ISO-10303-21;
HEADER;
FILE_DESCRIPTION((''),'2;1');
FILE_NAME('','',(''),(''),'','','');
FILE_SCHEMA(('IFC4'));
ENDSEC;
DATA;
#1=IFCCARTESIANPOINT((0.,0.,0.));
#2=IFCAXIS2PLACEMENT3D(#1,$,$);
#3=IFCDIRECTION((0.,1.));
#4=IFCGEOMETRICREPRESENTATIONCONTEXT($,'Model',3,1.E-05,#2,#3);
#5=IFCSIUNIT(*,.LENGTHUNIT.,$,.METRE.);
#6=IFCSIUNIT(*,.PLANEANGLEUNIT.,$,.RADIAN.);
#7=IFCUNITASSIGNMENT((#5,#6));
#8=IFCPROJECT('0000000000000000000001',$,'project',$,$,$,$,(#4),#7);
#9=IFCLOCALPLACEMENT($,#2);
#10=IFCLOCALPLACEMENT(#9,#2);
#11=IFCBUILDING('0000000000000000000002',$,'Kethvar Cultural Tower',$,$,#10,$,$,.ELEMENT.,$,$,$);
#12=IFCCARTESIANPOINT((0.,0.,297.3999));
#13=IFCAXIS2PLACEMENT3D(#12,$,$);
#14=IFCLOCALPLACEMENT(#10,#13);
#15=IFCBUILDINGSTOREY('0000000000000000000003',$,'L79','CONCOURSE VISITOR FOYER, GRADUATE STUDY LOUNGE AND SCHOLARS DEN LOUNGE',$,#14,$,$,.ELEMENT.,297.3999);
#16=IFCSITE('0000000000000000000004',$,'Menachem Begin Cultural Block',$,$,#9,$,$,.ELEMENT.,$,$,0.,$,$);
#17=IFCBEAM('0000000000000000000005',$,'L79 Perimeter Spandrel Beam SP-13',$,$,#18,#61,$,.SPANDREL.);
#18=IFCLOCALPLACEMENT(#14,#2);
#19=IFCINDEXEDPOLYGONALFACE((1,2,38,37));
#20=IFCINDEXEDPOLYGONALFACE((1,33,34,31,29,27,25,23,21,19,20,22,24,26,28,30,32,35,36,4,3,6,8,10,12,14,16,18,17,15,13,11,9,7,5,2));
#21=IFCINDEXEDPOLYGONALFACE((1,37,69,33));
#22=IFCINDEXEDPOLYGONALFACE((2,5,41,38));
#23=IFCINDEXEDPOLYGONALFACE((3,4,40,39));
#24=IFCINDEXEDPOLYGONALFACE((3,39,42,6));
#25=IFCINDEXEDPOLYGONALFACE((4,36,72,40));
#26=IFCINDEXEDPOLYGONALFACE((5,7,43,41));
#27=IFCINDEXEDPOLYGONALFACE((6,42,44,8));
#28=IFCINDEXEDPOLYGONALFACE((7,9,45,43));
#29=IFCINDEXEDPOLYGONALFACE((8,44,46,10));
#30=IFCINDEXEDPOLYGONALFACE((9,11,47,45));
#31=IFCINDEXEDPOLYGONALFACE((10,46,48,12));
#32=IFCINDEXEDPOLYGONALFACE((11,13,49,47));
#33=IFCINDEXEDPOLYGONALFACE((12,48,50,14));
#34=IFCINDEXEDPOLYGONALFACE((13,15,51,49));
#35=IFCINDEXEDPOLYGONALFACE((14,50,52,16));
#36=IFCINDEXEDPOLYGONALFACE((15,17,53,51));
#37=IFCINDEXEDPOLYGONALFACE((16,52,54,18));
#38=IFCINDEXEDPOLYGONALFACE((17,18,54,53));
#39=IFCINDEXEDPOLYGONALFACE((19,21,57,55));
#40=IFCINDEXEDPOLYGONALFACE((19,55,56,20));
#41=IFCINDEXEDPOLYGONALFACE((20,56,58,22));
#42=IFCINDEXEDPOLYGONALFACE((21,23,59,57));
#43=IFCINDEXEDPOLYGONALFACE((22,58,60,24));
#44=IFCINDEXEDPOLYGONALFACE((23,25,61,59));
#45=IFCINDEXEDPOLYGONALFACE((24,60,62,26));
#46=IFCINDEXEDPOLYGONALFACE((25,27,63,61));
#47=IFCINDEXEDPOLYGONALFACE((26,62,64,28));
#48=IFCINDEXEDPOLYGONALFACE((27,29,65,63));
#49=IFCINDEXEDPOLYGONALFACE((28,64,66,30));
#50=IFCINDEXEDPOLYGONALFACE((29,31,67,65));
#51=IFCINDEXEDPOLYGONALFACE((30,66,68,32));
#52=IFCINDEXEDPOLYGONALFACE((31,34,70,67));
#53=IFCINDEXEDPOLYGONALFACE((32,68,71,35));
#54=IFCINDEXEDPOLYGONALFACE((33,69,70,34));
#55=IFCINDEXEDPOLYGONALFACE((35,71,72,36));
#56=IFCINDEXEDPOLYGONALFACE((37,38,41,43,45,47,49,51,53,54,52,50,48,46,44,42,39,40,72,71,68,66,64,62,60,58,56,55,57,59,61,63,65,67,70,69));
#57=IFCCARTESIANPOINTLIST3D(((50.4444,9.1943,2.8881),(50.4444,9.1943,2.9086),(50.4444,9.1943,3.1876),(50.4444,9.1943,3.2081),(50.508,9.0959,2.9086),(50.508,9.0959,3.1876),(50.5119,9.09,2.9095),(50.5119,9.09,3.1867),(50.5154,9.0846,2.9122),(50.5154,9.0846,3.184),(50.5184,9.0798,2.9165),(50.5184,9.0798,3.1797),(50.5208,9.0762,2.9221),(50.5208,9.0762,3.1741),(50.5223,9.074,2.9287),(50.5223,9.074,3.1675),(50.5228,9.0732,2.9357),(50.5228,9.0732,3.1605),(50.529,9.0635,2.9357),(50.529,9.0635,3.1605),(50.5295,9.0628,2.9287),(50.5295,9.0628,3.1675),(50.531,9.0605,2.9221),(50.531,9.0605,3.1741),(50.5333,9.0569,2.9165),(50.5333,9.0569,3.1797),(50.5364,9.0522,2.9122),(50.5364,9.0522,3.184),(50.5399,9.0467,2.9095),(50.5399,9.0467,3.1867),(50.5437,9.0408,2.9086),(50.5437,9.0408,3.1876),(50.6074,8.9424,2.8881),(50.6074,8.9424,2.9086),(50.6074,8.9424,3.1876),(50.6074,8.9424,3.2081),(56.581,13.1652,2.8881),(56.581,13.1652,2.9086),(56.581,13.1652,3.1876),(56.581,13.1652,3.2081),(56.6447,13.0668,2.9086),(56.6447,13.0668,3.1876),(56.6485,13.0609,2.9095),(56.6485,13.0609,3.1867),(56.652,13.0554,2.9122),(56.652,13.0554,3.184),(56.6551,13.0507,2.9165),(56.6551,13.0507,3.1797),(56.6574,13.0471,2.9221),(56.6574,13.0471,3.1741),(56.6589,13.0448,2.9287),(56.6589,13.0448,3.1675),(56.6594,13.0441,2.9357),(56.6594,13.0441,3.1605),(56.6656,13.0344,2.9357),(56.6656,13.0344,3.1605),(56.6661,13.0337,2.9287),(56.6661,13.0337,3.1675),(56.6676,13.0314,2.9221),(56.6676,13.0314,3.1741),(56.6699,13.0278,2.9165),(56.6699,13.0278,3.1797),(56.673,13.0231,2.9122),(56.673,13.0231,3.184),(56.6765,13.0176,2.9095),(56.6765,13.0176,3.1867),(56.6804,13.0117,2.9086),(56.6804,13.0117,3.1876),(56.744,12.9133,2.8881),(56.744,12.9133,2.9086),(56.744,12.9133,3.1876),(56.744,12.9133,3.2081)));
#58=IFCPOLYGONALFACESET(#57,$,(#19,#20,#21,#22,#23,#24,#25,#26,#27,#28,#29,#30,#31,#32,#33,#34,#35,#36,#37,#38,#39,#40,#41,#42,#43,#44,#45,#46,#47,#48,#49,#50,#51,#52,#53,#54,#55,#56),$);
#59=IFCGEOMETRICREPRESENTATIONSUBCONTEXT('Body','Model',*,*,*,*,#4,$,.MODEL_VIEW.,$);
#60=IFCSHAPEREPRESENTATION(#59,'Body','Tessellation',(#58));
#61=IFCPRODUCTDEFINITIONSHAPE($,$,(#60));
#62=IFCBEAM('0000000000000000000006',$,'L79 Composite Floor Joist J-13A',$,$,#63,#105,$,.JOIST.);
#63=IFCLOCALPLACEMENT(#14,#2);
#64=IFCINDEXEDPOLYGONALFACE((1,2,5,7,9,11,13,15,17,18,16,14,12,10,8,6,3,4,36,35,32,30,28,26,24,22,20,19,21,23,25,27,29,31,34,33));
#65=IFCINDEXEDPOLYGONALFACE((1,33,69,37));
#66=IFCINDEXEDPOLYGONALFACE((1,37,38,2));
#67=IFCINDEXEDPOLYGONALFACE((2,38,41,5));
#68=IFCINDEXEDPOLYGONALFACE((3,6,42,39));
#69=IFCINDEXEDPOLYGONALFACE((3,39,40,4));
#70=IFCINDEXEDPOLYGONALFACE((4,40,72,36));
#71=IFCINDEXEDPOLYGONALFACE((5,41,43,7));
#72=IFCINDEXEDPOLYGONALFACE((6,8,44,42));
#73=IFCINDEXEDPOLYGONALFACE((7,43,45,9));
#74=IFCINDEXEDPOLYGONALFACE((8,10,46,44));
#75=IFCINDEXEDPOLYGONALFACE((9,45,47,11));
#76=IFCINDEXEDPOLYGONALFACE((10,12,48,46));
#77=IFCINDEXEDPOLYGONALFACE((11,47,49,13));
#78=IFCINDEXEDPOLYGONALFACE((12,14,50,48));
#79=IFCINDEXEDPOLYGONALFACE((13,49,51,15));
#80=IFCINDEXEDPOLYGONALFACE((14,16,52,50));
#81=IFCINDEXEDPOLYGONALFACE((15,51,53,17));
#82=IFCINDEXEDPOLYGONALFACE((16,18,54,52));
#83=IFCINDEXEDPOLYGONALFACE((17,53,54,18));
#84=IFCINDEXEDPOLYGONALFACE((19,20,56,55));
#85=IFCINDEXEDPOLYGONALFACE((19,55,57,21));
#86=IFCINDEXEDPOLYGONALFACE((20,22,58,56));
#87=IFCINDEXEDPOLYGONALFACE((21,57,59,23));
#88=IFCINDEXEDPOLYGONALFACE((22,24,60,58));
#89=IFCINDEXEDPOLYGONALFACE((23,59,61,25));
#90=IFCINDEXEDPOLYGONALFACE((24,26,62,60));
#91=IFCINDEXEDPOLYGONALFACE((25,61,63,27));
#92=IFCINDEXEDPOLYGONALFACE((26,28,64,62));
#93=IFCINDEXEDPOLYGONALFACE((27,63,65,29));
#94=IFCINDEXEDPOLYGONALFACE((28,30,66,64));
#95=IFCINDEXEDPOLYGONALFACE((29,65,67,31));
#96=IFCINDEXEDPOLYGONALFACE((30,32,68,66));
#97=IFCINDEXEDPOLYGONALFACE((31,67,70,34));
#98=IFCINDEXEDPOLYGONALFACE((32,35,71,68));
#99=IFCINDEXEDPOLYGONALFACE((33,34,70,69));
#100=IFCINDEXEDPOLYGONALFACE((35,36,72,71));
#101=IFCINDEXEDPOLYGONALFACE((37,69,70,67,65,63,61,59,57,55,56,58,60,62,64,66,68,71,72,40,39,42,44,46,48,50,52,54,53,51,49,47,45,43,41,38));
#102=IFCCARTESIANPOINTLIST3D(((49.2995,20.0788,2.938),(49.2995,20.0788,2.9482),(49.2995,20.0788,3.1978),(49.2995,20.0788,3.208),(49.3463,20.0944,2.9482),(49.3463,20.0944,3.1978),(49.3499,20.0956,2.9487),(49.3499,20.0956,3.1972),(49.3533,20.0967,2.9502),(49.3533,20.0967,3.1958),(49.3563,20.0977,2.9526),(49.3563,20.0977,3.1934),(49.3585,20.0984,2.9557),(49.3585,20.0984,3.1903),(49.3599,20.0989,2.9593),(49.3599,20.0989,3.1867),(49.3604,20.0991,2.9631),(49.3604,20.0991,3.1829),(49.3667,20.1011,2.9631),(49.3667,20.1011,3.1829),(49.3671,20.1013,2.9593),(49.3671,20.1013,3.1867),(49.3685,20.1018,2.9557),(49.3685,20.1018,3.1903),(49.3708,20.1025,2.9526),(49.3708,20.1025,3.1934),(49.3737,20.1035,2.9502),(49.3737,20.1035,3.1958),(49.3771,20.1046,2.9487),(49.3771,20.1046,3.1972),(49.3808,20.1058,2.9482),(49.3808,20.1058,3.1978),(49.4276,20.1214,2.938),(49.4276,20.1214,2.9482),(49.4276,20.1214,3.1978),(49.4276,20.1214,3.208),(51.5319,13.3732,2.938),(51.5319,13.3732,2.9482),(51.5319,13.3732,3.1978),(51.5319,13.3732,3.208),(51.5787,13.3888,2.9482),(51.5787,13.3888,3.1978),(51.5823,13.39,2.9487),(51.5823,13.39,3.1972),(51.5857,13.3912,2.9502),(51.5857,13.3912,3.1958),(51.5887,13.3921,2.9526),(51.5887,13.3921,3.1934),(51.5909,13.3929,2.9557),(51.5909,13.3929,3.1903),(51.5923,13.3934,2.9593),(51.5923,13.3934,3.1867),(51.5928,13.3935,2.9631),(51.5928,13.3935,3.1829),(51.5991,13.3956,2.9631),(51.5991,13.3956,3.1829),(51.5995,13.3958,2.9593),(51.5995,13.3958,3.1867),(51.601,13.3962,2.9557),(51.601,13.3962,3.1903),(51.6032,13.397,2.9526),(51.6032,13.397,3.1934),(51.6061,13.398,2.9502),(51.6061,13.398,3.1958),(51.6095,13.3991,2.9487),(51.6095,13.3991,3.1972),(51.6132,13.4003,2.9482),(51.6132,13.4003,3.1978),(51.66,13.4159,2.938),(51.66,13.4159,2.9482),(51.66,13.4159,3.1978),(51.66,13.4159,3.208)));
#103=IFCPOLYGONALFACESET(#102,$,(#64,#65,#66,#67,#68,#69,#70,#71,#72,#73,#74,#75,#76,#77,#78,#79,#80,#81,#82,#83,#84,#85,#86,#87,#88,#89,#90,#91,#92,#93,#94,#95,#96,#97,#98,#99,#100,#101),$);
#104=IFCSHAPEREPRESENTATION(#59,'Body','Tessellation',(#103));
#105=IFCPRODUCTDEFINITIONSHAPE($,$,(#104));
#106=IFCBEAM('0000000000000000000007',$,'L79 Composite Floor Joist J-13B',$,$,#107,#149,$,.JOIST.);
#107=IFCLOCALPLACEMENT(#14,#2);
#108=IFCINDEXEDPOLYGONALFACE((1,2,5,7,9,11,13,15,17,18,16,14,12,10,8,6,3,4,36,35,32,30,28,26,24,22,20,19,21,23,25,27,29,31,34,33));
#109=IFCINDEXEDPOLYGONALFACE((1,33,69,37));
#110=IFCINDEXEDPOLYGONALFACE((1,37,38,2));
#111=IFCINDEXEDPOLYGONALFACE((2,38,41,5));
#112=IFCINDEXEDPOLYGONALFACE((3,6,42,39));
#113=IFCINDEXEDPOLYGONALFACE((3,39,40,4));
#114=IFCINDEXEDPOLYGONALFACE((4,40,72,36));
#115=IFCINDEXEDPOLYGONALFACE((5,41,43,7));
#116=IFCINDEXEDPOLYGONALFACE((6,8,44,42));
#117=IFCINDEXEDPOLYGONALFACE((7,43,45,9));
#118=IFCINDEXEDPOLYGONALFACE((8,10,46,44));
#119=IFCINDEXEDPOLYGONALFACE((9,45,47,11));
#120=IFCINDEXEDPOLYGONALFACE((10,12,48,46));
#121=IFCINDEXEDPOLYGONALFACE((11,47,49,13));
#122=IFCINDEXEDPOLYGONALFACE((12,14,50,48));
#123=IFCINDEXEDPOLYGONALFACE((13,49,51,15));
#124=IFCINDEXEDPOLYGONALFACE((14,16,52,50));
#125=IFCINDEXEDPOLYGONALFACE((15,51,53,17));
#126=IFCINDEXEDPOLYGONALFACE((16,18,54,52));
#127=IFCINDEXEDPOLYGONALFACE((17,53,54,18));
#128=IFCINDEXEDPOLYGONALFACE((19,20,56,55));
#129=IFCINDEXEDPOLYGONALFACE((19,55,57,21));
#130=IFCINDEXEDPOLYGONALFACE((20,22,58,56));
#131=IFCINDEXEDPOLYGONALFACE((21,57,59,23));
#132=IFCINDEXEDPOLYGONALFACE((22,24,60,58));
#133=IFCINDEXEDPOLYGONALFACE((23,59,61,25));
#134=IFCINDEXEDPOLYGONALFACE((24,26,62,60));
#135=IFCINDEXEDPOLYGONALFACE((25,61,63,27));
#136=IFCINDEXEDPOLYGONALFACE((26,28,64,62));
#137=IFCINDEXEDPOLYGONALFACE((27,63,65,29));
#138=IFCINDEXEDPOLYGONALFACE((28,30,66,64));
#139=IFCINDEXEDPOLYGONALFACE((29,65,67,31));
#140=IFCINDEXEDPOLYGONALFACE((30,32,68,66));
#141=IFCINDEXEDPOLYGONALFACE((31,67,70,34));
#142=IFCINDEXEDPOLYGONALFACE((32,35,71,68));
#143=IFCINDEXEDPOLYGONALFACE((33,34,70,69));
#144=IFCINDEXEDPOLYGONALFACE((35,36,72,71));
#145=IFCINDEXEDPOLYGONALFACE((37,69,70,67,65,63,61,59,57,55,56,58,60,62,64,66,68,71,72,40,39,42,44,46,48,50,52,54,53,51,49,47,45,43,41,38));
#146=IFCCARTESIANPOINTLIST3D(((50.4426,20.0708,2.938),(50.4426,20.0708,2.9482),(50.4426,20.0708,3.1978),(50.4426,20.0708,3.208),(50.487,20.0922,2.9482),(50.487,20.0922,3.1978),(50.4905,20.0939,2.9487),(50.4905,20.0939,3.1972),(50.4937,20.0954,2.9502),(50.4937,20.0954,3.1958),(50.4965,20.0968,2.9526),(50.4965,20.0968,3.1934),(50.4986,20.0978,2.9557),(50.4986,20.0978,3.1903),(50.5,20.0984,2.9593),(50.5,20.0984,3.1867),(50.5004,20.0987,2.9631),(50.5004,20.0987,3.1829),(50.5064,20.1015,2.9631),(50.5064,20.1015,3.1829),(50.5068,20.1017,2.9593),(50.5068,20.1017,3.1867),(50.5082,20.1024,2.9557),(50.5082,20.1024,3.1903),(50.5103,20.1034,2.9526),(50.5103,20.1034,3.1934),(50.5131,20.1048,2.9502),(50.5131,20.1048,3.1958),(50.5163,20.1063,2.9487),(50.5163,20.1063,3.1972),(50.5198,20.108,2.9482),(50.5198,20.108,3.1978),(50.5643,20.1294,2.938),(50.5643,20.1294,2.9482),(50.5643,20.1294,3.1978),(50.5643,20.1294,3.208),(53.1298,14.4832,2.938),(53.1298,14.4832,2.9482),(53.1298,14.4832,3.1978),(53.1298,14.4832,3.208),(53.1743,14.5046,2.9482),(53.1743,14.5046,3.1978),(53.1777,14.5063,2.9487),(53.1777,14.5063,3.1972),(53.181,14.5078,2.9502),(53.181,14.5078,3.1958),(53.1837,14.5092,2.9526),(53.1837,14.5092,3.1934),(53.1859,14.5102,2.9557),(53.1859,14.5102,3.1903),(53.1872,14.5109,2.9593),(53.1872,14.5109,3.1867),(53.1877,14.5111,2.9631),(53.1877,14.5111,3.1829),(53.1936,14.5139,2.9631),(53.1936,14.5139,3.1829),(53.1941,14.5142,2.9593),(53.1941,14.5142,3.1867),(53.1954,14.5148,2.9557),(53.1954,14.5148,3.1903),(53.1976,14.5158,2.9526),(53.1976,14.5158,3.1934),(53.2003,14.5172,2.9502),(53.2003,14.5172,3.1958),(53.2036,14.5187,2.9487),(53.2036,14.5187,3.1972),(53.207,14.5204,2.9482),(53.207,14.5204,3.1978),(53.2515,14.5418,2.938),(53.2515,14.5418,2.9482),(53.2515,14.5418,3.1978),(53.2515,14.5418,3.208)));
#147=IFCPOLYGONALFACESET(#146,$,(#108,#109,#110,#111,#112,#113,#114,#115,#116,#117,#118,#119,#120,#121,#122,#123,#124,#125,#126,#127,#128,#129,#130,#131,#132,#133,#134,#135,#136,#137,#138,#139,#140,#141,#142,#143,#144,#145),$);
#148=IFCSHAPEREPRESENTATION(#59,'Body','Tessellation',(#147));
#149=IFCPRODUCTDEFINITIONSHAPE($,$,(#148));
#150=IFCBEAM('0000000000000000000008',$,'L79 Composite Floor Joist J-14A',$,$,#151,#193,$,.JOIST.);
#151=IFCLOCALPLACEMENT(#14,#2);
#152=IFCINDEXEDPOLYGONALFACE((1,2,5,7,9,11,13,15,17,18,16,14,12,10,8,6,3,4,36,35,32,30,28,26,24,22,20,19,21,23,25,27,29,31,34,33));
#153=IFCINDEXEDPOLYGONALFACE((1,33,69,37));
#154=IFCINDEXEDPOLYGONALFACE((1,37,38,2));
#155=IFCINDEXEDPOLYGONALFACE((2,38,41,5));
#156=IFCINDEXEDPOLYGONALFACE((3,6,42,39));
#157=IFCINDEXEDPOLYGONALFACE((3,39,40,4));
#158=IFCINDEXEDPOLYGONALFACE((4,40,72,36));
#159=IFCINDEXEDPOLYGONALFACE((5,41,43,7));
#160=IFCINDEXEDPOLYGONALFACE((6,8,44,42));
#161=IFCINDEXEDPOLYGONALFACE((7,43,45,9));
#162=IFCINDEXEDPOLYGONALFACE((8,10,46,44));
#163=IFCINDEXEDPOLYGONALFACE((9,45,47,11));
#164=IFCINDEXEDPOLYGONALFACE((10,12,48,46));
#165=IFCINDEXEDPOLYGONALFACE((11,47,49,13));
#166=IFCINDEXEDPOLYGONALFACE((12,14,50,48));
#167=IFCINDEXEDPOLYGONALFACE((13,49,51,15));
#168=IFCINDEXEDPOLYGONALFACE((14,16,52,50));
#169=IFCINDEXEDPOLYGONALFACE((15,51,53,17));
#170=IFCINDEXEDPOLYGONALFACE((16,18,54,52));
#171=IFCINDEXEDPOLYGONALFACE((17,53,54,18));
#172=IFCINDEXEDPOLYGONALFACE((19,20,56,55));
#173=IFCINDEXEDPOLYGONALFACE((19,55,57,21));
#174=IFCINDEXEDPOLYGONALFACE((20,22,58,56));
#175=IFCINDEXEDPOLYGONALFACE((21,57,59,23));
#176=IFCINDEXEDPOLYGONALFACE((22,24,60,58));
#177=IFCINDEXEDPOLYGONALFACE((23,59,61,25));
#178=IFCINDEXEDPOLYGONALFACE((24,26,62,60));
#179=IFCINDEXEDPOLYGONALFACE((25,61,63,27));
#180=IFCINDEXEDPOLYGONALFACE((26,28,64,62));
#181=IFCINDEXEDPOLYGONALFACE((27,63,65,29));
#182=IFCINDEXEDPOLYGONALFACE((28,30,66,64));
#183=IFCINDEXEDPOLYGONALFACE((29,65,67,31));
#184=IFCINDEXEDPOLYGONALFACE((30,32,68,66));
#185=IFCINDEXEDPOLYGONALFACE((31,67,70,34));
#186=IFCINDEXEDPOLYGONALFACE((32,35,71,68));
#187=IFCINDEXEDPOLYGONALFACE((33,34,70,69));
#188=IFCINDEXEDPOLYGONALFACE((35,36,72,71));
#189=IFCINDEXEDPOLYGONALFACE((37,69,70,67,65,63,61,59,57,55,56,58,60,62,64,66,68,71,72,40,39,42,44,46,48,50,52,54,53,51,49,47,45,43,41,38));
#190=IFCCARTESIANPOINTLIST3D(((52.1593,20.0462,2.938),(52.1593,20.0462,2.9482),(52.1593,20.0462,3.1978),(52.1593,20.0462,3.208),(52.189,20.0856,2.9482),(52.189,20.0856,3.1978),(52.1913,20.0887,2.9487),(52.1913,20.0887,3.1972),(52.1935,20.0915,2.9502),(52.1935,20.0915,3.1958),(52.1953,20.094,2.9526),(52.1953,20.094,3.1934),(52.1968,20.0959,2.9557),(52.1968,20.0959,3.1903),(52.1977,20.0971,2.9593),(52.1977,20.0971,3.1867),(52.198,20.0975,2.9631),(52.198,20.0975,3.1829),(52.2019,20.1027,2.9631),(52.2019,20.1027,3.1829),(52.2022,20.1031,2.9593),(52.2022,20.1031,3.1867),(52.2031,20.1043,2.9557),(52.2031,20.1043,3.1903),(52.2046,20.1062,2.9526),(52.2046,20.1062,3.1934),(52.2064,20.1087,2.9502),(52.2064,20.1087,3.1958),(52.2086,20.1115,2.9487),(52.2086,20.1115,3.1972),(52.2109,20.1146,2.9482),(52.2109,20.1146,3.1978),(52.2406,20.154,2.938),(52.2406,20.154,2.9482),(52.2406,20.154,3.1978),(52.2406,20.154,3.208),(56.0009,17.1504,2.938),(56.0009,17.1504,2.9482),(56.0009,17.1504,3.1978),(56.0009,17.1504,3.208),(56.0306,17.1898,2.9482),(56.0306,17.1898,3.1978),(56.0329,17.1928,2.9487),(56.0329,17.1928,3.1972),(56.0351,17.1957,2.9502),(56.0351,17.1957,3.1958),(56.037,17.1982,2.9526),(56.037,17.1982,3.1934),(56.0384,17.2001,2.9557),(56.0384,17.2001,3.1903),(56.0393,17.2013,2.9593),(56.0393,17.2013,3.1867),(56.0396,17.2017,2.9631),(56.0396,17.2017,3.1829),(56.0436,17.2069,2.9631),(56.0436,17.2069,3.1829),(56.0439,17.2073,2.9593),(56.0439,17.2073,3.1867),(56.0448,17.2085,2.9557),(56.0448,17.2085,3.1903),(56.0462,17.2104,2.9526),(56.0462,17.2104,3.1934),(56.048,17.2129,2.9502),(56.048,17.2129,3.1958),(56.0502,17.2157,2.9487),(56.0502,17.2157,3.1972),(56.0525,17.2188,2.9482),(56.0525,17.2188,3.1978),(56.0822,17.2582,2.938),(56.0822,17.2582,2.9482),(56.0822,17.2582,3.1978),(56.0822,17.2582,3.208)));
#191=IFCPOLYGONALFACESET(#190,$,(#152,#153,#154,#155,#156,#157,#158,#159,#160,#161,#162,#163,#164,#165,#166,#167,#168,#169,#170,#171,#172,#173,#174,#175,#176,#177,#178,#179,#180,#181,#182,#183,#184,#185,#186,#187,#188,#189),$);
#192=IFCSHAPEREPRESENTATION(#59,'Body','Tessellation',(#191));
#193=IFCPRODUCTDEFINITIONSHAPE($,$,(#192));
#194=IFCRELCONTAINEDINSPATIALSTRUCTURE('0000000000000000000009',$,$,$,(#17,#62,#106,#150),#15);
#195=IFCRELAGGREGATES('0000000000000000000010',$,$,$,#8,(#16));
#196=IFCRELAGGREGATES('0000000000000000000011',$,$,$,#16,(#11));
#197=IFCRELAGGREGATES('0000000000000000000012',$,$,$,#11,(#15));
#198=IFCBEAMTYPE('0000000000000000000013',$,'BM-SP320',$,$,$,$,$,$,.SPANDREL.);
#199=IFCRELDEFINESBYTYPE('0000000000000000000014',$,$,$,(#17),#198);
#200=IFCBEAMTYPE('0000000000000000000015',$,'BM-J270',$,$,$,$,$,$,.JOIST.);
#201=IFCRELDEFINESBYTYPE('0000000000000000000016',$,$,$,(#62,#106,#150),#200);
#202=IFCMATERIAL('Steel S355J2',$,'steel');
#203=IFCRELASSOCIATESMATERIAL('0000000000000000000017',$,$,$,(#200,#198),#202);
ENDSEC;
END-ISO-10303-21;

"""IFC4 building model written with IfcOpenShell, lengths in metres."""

from ifc_helpers import new_model, si_unit, direction, frame, origin, origin_2d, place, context, subcontext, project, spatial, i_section, extrude, source, transform, mapped, material, material_profile, profile_set, type_object, element, save


model = new_model("IFC4")

# Units and contexts
model_context = context("Model", 3, precision=1e-05, world=origin(), true_north=direction((0.0, 1.0)))
body_context = subcontext(model_context, "Body", "Model", "MODEL_VIEW")
ifc_project = project(units=[si_unit("LENGTHUNIT", "METRE"), si_unit("PLANEANGLEUNIT", "RADIAN")], contexts=[model_context])

# Site, building, storey
site_placement = place(None, origin())
site = spatial("IfcSite", under=ifc_project, at=site_placement, Name="Menachem Begin Cultural Block", CompositionType="ELEMENT", RefElevation=0.0)
building_placement = place(site_placement, origin())
building = spatial("IfcBuilding", under=site, at=building_placement, Name="Kethvar Cultural Tower", CompositionType="ELEMENT")
storey_placement = place(building_placement, frame((0.0, 0.0, 297.3999)))
storey = spatial("IfcBuildingStorey", under=building, at=storey_placement, Name="L79", Description="CONCOURSE VISITOR FOYER, GRADUATE STUDY LOUNGE AND SCHOLARS DEN LOUNGE", CompositionType="ELEMENT", Elevation=297.3999)

# Shared definitions
ifc_material_1 = material(Name="Steel S355J2", Category="steel")

# Beams
ifc_material_profile_1 = material_profile(ifc_material_1, i_section(OverallWidth=0.135, OverallDepth=0.27, WebThickness=0.0066, FlangeThickness=0.0103, FilletRadius=0.0149, at=origin_2d()), Name="Steel S355J2 — IPE270")
ifc_profile_set_1 = profile_set([ifc_material_profile_1], Name="Steel S355J2 — IPE270")
beam_type_1 = type_object("IfcBeamType", Name="BM-J270", PredefinedType="JOIST", material=ifc_profile_set_1)
ifc_material_profile_2 = material_profile(ifc_material_1, i_section(OverallWidth=0.3, OverallDepth=0.3201, WebThickness=0.0115, FlangeThickness=0.0205, FilletRadius=0.0271, at=origin_2d()), Name="Steel S355J2 — HEB320")
ifc_profile_set_2 = profile_set([ifc_material_profile_2], Name="Steel S355J2 — HEB320")
beam_type_2 = type_object("IfcBeamType", Name="BM-SP320", PredefinedType="SPANDREL", material=ifc_profile_set_2)
shared_shape_1 = source(origin(), body_context, "Body", "SweptSolid", [
    extrude(i_section(OverallWidth=0.3, OverallDepth=0.3201, WebThickness=0.0115, FlangeThickness=0.0205, FilletRadius=0.0271, at=origin_2d()), origin(), (0.0, 0.0, 1.0), 7.3093),
])
beam_1_placement = place(storey_placement, frame((50.5259, 9.0684, 3.0481), z_axis=(0.839562, 0.543264, 0.0), x_axis=(-0.543264, 0.839562, 0.0)))
element("IfcBeam", 1, at=beam_1_placement, inside=storey, type_object=beam_type_2, Name="L79 Perimeter Spandrel Beam SP-13", PredefinedType="SPANDREL", context=body_context, shape_type="MappedRepresentation", body=[
    mapped(shared_shape_1, transform((0.0, 0.0, 0.0), scale=1.0)),
])
shared_shape_2 = source(origin(), body_context, "Body", "SweptSolid", [
    extrude(i_section(OverallWidth=0.135, OverallDepth=0.27, WebThickness=0.0066, FlangeThickness=0.0103, FilletRadius=0.0149, at=origin_2d()), origin(), (0.0, 0.0, 1.0), 7.0674),
])
beam_2_placement = place(storey_placement, frame((49.3635, 20.1001, 3.073), z_axis=(0.315875, -0.948801, 0.0), x_axis=(0.948801, 0.315875, 0.0)))
element("IfcBeam", 2, at=beam_2_placement, inside=storey, type_object=beam_type_1, Name="L79 Composite Floor Joist J-13A", PredefinedType="JOIST", context=body_context, shape_type="MappedRepresentation", body=[
    mapped(shared_shape_2, transform((0.0, 0.0, 0.0), scale=1.0)),
])
shared_shape_3 = source(origin(), body_context, "Body", "SweptSolid", [
    extrude(i_section(OverallWidth=0.135, OverallDepth=0.27, WebThickness=0.0066, FlangeThickness=0.0103, FilletRadius=0.0149, at=origin_2d()), origin(), (0.0, 0.0, 1.0), 6.2002),
])
beam_3_placement = place(storey_placement, frame((50.5034, 20.1001, 3.073), z_axis=(0.433411, -0.901197, 0.0), x_axis=(0.901197, 0.433411, 0.0)))
element("IfcBeam", 3, at=beam_3_placement, inside=storey, type_object=beam_type_1, Name="L79 Composite Floor Joist J-13B", PredefinedType="JOIST", context=body_context, shape_type="MappedRepresentation", body=[
    mapped(shared_shape_3, transform((0.0, 0.0, 0.0), scale=1.0)),
])
shared_shape_4 = source(origin(), body_context, "Body", "SweptSolid", [
    extrude(i_section(OverallWidth=0.135, OverallDepth=0.27, WebThickness=0.0066, FlangeThickness=0.0103, FilletRadius=0.0149, at=origin_2d()), origin(), (0.0, 0.0, 1.0), 4.8108),
])
beam_4_placement = place(storey_placement, frame((52.2, 20.1001, 3.073), z_axis=(0.798542, -0.601939, 0.0), x_axis=(0.601939, 0.798542, 0.0)))
element("IfcBeam", 4, at=beam_4_placement, inside=storey, type_object=beam_type_1, Name="L79 Composite Floor Joist J-14A", PredefinedType="JOIST", context=body_context, shape_type="MappedRepresentation", body=[
    mapped(shared_shape_4, transform((0.0, 0.0, 0.0), scale=1.0)),
])

save(model, "model.ifc")
